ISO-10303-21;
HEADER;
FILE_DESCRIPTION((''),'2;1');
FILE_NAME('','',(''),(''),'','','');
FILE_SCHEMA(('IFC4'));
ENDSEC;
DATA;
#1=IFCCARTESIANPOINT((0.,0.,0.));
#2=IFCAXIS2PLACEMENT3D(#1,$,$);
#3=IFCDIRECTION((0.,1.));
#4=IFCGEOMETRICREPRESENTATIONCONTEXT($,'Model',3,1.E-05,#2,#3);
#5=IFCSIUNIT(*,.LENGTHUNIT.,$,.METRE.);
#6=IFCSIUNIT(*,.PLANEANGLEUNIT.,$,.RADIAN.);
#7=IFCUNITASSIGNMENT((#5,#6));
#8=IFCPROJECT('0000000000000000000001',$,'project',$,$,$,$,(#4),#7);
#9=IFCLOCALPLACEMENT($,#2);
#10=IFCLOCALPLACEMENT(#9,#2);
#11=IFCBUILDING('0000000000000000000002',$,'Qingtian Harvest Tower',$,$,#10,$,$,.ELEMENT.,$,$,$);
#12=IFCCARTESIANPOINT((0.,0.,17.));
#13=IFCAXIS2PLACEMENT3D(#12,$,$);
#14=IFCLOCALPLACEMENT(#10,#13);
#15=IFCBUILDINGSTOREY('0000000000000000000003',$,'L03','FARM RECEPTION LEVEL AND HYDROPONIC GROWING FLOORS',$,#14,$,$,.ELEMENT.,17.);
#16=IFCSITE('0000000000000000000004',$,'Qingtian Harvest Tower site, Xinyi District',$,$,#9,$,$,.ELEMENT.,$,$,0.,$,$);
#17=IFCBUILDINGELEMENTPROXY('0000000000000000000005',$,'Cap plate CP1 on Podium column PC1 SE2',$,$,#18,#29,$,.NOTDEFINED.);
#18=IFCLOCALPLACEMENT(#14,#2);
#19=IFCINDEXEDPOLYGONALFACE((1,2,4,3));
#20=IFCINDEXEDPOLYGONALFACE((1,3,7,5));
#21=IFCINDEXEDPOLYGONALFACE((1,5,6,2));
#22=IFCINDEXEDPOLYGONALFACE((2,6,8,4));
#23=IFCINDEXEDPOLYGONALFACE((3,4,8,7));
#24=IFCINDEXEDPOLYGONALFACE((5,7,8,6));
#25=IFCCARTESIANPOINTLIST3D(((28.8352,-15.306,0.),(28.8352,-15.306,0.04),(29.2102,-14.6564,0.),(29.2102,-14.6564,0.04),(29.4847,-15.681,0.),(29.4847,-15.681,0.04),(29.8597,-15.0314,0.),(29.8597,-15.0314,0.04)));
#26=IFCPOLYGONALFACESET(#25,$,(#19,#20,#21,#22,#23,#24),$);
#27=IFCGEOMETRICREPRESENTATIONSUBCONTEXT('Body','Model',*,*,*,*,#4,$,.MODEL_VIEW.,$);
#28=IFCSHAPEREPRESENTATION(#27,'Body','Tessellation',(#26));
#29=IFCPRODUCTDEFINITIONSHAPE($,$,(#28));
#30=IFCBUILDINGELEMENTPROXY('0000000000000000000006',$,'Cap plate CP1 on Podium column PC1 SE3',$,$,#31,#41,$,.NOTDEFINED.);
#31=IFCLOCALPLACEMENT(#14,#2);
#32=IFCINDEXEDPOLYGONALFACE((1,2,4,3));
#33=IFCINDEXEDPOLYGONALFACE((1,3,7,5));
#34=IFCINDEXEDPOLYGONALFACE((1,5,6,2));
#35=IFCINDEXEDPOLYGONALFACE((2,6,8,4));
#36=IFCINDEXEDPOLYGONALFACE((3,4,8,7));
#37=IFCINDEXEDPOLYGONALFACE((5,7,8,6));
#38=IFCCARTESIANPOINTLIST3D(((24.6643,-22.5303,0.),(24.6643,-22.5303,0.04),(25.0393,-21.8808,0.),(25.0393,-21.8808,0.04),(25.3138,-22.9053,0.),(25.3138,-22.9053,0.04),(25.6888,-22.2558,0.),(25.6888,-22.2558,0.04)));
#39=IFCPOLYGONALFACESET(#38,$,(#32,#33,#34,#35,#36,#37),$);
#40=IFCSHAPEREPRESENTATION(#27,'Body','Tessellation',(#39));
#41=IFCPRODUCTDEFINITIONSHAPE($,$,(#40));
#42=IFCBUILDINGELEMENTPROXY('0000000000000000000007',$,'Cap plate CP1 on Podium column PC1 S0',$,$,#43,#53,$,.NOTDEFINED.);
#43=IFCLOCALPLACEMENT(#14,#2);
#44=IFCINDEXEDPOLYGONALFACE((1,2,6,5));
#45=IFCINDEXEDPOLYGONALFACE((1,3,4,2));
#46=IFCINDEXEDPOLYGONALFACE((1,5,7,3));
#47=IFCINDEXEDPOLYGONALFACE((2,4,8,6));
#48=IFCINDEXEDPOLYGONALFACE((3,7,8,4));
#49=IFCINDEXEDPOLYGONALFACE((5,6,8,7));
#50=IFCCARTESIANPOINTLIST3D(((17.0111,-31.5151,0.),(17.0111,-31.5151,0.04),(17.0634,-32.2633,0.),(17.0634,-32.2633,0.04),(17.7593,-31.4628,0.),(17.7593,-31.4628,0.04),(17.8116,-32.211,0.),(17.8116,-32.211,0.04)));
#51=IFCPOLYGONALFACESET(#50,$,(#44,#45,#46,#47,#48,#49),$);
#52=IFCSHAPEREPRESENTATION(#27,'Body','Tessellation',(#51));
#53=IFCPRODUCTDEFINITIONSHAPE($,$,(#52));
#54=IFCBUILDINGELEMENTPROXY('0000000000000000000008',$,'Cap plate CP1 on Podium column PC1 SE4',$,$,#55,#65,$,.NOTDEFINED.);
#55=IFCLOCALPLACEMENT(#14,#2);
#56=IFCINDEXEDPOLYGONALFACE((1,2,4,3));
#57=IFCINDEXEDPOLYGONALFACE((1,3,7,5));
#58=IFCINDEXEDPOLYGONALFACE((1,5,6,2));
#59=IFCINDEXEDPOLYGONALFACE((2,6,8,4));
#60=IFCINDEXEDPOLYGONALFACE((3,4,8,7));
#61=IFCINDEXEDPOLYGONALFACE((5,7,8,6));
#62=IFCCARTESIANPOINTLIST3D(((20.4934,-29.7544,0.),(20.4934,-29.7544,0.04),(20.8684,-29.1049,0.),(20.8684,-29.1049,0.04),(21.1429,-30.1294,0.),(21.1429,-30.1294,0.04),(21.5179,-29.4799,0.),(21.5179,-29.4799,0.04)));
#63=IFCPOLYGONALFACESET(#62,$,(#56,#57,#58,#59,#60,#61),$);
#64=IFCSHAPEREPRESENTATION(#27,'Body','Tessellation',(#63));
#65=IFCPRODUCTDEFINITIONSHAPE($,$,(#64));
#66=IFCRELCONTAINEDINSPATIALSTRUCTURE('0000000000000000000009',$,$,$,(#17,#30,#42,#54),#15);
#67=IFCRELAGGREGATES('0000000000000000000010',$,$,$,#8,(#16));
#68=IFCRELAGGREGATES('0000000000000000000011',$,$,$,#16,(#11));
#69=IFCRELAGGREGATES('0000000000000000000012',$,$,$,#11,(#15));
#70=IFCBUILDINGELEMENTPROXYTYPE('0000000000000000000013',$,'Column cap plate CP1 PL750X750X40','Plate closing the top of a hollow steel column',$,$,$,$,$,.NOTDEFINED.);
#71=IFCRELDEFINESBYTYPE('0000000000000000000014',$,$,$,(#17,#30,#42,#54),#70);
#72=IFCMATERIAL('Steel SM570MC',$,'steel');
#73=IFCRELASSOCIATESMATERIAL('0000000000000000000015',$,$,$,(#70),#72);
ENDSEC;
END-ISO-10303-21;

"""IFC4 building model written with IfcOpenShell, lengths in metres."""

from ifc_helpers import new_model, si_unit, direction, frame, origin, origin_2d, place, context, subcontext, project, spatial, rectangle, extrude, material, material_profile, profile_set, type_object, element, save


model = new_model("IFC4")

# Units and contexts
model_context = context("Model", 3, precision=1e-05, world=origin(), true_north=direction((0.0, 1.0)))
body_context = subcontext(model_context, "Body", "Model", "MODEL_VIEW")
ifc_project = project(units=[si_unit("LENGTHUNIT", "METRE"), si_unit("PLANEANGLEUNIT", "RADIAN")], contexts=[model_context])

# Site, building, storey
site_placement = place(None, origin())
site = spatial("IfcSite", under=ifc_project, at=site_placement, Name="Qingtian Harvest Tower site, Xinyi District", CompositionType="ELEMENT", RefElevation=0.0)
building_placement = place(site_placement, origin())
building = spatial("IfcBuilding", under=site, at=building_placement, Name="Qingtian Harvest Tower", CompositionType="ELEMENT")
storey_placement = place(building_placement, frame((0.0, 0.0, 17.0)))
storey = spatial("IfcBuildingStorey", under=building, at=storey_placement, Name="L03", Description="FARM RECEPTION LEVEL AND HYDROPONIC GROWING FLOORS", CompositionType="ELEMENT", Elevation=17.0)

# Building element proxies
ifc_material_1 = material(Name="Steel SM570MC", Category="steel")
ifc_material_profile_1 = material_profile(ifc_material_1, rectangle(XDim=0.75, YDim=0.75, at=origin_2d()), Name="PL750X750X40")
ifc_profile_set_1 = profile_set([ifc_material_profile_1], Name="Steel SM570MC")
building_element_proxy_type = type_object("IfcBuildingElementProxyType", Name="Column cap plate CP1 PL750X750X40", Description="Plate closing the top of a hollow steel column", PredefinedType="NOTDEFINED", material=ifc_profile_set_1)
for number, where, z_axis, x_axis, name in (
    (1, (29.3474, -15.1687, 0.0), (0.0, 0.0, 1.0), (0.5, 0.866025, 0.0), "Cap plate CP1 on Podium column PC1 SE2"),
    (2, (25.1765, -22.3931, 0.0), (0.0, 0.0, 1.0), (0.5, 0.866025, 0.0), "Cap plate CP1 on Podium column PC1 SE3"),
    (3, (17.4114, -31.863, 0.0), (0.0, 0.0, 1.0), (0.997564, 0.069756, 0.0), "Cap plate CP1 on Podium column PC1 S0"),
    (4, (21.0056, -29.6172, 0.0), (0.0, 0.0, 1.0), (0.5, 0.866025, 0.0), "Cap plate CP1 on Podium column PC1 SE4"),
):
    element("IfcBuildingElementProxy", number, at=place(storey_placement, frame(where, z_axis=z_axis, x_axis=x_axis)), inside=storey, type_object=building_element_proxy_type, Name=name, PredefinedType="NOTDEFINED", context=body_context, shape_type="SweptSolid", body=[
        extrude(rectangle(XDim=0.75, YDim=0.75, at=origin_2d()), origin(), (0.0, 0.0, 1.0), 0.04),
    ])

save(model, "model.ifc")
